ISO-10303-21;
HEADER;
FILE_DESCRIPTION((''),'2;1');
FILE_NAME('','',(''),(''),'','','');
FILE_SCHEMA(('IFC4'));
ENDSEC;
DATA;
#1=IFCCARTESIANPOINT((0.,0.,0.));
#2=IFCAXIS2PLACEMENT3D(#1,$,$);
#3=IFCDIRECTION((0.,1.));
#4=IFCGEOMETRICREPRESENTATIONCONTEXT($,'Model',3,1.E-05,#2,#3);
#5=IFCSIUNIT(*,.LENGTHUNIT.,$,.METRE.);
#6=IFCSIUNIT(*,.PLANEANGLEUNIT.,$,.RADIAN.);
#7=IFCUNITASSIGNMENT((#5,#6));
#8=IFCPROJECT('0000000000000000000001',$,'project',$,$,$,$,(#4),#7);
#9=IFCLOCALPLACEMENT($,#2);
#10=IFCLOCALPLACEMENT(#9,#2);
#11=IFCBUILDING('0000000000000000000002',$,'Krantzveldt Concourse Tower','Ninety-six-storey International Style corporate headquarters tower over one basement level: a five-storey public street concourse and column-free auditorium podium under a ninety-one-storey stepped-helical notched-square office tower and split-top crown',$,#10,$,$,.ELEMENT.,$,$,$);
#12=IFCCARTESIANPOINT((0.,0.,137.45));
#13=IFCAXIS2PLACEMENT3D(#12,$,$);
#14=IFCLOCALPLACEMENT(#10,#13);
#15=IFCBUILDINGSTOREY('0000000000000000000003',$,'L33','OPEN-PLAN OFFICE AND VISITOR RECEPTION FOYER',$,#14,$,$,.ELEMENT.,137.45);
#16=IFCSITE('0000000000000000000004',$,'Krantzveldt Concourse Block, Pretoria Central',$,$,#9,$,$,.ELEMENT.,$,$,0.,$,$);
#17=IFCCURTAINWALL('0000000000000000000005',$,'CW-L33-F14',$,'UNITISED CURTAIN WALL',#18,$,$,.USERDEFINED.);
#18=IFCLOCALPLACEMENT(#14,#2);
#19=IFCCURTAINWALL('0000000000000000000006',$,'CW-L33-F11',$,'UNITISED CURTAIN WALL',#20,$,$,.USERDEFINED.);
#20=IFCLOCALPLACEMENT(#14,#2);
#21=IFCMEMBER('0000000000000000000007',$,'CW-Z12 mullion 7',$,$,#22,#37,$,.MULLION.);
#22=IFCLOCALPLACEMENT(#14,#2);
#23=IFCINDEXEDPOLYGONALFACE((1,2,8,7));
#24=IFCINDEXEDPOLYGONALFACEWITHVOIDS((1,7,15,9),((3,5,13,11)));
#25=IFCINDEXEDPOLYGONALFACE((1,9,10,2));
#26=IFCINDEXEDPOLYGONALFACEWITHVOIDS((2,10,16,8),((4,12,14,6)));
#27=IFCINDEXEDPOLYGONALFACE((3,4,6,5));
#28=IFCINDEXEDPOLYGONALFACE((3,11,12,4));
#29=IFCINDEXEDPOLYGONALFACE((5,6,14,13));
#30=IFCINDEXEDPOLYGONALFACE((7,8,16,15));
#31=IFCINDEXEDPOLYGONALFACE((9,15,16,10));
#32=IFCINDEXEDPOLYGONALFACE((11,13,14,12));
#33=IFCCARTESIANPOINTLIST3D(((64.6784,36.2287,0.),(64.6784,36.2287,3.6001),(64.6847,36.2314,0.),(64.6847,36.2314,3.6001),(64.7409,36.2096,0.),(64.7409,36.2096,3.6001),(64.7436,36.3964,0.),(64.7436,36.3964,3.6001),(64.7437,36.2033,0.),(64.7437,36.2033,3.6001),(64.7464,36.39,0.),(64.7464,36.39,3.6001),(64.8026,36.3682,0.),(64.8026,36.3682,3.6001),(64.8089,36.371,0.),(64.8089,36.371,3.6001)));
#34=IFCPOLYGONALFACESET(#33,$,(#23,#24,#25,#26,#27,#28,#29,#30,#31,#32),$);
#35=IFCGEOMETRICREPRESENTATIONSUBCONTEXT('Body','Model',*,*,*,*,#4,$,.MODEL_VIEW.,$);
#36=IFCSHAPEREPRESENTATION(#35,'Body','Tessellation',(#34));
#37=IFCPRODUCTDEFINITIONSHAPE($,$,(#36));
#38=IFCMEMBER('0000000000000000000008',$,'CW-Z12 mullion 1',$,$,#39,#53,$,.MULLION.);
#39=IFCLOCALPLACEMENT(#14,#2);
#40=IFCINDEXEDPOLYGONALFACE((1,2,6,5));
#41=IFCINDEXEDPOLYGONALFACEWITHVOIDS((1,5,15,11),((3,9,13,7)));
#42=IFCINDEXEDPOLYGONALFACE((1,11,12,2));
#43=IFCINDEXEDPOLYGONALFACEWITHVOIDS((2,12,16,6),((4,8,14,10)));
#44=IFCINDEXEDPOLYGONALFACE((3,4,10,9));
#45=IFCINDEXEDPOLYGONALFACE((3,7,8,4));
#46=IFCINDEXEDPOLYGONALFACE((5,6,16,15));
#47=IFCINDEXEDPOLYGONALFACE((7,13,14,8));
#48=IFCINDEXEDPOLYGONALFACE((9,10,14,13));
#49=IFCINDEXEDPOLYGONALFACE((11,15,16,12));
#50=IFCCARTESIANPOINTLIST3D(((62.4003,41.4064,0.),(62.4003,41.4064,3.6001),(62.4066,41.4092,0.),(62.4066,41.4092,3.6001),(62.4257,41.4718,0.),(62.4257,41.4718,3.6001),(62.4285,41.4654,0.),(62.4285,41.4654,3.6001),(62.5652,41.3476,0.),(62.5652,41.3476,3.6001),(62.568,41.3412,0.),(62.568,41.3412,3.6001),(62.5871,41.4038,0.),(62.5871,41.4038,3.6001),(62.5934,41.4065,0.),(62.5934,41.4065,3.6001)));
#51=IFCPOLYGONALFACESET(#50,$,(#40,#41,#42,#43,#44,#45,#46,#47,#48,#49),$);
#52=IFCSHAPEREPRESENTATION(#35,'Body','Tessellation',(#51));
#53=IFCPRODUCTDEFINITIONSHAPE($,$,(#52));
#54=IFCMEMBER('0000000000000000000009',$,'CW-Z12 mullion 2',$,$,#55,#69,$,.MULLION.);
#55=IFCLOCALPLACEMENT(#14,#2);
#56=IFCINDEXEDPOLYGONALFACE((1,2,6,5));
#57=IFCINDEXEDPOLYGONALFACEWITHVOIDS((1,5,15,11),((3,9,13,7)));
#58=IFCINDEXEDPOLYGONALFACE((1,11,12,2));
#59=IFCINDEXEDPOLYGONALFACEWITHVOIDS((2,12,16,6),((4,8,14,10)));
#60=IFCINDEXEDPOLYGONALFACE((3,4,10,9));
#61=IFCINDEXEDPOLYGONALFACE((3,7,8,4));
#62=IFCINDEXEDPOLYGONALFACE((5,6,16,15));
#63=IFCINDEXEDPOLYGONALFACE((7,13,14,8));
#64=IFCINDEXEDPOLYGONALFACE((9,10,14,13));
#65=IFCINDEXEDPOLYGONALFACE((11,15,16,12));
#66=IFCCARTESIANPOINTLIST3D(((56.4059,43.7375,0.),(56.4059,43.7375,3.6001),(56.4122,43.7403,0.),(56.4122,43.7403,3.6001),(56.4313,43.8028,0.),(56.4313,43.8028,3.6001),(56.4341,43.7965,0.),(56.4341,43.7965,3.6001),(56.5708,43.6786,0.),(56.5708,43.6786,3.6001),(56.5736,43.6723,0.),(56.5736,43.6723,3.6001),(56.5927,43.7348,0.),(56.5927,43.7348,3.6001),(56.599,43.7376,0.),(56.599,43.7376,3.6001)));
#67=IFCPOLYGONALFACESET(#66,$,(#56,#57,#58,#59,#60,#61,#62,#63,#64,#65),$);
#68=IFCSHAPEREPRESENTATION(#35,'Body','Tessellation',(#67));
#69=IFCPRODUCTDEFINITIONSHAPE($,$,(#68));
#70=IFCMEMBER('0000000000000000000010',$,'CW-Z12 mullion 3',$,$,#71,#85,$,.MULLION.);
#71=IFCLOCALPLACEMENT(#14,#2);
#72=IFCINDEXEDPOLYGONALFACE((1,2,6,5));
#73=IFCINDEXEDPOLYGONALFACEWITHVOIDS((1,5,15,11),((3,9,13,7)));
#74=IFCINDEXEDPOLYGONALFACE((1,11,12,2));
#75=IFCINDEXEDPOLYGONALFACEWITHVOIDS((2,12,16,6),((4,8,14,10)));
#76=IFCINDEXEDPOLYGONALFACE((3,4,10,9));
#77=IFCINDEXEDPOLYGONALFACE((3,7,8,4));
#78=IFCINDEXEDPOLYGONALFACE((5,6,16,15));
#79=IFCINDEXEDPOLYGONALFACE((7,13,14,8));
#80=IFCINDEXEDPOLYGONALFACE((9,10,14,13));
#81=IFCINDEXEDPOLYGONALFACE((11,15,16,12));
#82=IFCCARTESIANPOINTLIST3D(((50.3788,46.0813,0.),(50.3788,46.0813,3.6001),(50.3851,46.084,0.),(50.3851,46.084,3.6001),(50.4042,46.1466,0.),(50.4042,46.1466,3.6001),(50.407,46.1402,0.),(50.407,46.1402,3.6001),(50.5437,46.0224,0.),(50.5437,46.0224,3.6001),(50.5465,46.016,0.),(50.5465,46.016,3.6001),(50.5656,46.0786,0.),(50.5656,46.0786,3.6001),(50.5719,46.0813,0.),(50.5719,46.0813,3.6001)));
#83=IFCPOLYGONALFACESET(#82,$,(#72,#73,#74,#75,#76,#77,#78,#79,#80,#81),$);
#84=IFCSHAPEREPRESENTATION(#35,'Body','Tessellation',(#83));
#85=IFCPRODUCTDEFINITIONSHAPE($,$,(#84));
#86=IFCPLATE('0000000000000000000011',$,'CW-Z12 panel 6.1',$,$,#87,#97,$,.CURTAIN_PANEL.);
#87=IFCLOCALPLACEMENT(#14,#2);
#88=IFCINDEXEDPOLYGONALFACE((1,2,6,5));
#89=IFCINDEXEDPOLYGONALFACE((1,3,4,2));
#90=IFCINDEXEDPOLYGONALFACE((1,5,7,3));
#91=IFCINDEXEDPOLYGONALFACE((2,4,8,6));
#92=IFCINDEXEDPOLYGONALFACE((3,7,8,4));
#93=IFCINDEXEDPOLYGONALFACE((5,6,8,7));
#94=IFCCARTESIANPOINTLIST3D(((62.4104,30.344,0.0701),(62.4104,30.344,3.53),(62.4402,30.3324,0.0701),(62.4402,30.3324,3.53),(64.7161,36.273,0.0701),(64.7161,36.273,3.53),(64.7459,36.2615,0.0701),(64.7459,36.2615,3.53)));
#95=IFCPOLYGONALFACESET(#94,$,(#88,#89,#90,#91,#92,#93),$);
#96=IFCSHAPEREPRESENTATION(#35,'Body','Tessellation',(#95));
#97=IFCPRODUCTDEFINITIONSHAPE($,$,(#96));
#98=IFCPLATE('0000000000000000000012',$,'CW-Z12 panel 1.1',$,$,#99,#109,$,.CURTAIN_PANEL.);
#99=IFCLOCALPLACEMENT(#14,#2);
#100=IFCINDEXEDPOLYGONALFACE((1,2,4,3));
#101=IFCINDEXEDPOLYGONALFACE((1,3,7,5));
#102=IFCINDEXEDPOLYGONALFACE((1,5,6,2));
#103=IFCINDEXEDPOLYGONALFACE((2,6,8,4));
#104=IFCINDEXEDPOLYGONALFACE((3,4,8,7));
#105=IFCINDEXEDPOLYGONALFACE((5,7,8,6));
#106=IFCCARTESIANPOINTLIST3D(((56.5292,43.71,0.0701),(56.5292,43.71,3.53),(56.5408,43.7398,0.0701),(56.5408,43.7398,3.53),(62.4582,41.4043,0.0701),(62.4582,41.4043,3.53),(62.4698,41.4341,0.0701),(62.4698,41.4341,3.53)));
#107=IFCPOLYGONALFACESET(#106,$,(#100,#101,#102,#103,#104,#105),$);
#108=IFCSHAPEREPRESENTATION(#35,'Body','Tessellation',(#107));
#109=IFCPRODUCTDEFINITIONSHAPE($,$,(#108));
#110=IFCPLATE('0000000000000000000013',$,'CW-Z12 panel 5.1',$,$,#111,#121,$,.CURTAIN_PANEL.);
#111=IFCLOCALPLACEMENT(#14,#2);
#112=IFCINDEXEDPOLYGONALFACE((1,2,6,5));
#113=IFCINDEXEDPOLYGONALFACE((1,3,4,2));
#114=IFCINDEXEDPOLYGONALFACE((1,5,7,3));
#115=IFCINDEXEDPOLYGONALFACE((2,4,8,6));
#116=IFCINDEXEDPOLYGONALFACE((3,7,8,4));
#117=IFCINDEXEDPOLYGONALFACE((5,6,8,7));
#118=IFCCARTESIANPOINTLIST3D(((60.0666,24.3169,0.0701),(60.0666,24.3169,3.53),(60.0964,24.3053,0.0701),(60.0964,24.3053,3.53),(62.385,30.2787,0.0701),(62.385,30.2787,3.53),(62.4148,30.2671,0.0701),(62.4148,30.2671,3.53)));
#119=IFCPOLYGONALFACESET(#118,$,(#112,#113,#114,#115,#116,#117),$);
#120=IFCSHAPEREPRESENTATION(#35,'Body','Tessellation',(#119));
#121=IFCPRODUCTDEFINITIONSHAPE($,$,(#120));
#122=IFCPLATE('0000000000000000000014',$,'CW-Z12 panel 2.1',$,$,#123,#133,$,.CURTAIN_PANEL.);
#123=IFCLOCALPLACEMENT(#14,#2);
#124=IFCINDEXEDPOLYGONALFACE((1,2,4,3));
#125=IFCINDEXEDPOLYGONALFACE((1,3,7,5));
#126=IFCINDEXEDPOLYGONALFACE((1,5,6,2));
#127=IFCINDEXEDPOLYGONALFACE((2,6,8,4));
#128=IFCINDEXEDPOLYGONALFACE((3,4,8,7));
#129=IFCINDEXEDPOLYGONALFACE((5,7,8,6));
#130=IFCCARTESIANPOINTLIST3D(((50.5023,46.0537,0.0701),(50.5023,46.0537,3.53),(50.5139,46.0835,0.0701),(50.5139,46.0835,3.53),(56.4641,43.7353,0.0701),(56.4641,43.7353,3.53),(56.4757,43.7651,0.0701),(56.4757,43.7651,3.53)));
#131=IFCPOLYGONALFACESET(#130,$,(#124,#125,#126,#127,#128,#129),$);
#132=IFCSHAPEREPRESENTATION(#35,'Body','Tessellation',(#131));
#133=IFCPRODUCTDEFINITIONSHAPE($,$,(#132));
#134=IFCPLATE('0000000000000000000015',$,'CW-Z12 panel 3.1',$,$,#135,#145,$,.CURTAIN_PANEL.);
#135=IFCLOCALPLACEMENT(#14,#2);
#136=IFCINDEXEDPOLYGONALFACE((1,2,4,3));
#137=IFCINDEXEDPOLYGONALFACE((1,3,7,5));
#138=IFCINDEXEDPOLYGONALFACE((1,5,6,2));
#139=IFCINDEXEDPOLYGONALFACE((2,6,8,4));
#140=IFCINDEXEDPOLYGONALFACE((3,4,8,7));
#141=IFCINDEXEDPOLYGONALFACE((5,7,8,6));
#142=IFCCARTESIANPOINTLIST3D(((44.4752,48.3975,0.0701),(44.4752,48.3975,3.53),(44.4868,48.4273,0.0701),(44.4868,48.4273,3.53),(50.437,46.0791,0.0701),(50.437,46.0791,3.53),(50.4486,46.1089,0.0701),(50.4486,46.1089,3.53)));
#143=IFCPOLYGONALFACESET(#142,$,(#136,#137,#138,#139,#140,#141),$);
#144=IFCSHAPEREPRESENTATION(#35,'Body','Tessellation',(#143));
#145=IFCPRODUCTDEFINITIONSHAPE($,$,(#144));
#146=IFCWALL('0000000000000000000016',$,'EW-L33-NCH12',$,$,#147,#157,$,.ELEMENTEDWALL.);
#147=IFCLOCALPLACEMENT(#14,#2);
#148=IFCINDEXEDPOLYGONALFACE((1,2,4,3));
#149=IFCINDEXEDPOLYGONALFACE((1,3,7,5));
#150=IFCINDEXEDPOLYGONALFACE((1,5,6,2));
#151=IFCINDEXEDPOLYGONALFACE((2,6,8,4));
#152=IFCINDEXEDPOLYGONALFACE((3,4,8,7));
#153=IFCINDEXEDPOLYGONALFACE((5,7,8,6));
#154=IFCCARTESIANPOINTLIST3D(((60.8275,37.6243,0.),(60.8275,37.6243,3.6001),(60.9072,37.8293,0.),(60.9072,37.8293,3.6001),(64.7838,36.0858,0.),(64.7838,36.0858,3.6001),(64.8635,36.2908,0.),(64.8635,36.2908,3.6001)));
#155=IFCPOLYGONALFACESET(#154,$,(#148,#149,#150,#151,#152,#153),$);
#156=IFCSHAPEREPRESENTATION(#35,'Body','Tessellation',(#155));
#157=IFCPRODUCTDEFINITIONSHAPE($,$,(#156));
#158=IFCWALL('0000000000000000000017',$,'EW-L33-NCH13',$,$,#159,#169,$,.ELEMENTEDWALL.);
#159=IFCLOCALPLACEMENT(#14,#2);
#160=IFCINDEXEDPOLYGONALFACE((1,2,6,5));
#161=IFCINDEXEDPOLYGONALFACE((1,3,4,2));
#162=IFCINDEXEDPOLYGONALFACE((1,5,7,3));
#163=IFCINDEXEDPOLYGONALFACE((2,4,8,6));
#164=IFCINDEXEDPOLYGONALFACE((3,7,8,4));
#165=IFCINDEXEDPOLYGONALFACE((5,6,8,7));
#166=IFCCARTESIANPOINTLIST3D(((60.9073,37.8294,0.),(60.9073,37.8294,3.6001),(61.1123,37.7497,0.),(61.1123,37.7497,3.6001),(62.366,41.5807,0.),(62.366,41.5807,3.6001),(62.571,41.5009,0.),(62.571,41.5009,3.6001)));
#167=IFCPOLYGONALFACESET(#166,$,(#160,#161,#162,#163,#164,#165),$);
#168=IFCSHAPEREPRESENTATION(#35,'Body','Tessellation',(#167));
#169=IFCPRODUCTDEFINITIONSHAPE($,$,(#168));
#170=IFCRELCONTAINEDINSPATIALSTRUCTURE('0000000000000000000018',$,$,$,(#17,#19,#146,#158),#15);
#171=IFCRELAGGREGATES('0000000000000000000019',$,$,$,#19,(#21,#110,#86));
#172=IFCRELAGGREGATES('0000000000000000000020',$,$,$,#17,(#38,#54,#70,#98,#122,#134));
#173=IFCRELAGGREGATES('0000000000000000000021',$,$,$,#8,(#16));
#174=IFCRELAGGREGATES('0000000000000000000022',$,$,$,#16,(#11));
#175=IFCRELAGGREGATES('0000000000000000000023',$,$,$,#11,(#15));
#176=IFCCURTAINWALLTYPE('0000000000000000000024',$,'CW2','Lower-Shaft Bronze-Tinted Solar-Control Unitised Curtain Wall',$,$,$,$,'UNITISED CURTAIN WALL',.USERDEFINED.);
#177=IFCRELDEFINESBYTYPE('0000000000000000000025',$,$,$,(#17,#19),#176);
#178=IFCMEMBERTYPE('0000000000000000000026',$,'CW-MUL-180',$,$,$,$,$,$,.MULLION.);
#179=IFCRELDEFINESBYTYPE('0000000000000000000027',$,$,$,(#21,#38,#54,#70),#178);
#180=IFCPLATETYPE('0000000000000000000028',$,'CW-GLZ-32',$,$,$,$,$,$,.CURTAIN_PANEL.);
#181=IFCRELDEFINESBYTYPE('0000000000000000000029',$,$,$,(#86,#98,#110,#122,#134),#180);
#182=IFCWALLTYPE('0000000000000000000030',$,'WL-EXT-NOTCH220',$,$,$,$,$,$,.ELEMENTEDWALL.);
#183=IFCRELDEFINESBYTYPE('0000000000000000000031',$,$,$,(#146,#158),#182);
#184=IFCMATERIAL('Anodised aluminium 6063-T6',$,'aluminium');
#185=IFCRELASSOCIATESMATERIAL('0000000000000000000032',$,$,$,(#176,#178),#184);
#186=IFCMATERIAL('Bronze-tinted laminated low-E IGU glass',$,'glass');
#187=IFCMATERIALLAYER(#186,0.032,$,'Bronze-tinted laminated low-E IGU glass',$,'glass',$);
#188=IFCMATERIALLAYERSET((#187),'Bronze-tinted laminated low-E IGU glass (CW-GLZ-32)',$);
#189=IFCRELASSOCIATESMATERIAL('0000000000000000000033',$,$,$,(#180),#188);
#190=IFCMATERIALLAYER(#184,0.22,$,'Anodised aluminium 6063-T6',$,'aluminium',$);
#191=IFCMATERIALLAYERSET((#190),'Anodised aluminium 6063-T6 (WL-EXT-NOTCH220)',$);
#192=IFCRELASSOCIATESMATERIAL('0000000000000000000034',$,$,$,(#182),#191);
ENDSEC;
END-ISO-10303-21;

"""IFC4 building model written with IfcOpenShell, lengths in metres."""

from ifc_helpers import new_model, si_unit, direction, frame, frame_2d, origin, origin_2d, place, context, subcontext, project, spatial, rectangle, hollow_rectangle, extrude, source, transform, mapped, material, layer, layer_set, material_profile, profile_set, type_object, type_shapes, element, aggregate, save


model = new_model("IFC4")

# Units and contexts
model_context = context("Model", 3, precision=1e-05, world=origin(), true_north=direction((0.0, 1.0)))
body_context = subcontext(model_context, "Body", "Model", "MODEL_VIEW")
ifc_project = project(units=[si_unit("LENGTHUNIT", "METRE"), si_unit("PLANEANGLEUNIT", "RADIAN")], contexts=[model_context])

# Site, building, storey
site_placement = place(None, origin())
site = spatial("IfcSite", under=ifc_project, at=site_placement, Name="Krantzveldt Concourse Block, Pretoria Central", CompositionType="ELEMENT", RefElevation=0.0)
building_placement = place(site_placement, origin())
building = spatial("IfcBuilding", under=site, at=building_placement, Name="Krantzveldt Concourse Tower", Description="Ninety-six-storey International Style corporate headquarters tower over one basement level: a five-storey public street concourse and column-free auditorium podium under a ninety-one-storey stepped-helical notched-square office tower and split-top crown", CompositionType="ELEMENT")
storey_placement = place(building_placement, frame((0.0, 0.0, 137.45)))
storey = spatial("IfcBuildingStorey", under=building, at=storey_placement, Name="L33", Description="OPEN-PLAN OFFICE AND VISITOR RECEPTION FOYER", CompositionType="ELEMENT", Elevation=137.45)

# Curtain walls
ifc_material_1 = material(Name="Anodised aluminium 6063-T6", Category="aluminium")
curtain_wall_type = type_object("IfcCurtainWallType", Name="CW2", Description="Lower-Shaft Bronze-Tinted Solar-Control Unitised Curtain Wall", ElementType="UNITISED CURTAIN WALL", PredefinedType="USERDEFINED", material=ifc_material_1)
curtain_wall_1_placement = place(storey_placement, origin())
curtain_wall_1 = element("IfcCurtainWall", 1, at=curtain_wall_1_placement, inside=storey, type_object=curtain_wall_type, Name="CW-L33-F14", ObjectType="UNITISED CURTAIN WALL", PredefinedType="USERDEFINED")
curtain_wall_2_placement = place(storey_placement, origin())
curtain_wall_2 = element("IfcCurtainWall", 2, at=curtain_wall_2_placement, inside=storey, type_object=curtain_wall_type, Name="CW-L33-F11", ObjectType="UNITISED CURTAIN WALL", PredefinedType="USERDEFINED")

# Members
ifc_material_profile_1 = material_profile(ifc_material_1, hollow_rectangle(XDim=0.0701, YDim=0.1799, WallThickness=0.0049, at=origin_2d()), Name="Anodised aluminium 6063-T6", Category="aluminium")
ifc_profile_set_1 = profile_set([ifc_material_profile_1], Name="Anodised aluminium 6063-T6 - ALU-MULL 180x70x5")
member_type_1 = type_object("IfcMemberType", Name="CW-MUL-180", PredefinedType="MULLION", material=ifc_profile_set_1)
shared_shape_1 = source(origin(), body_context, "Body", "SweptSolid", [
    extrude(hollow_rectangle(XDim=0.0701, YDim=0.1799, WallThickness=0.0049, at=origin_2d()), origin(), (0.0, 0.0, 1.0), 3.6001),
])
type_shapes(member_type_1, [shared_shape_1])
member_1_placement = place(storey_placement, frame((64.7437, 36.2998, 0.0), z_axis=(0.0, 0.0, 1.0), x_axis=(-0.932008, 0.362438, 0.0)))
member_1 = element("IfcMember", 3, at=member_1_placement, type_object=member_type_1, Name="CW-Z12 mullion 7", PredefinedType="MULLION", context=body_context, shape_type="MappedRepresentation", body=[
    mapped(shared_shape_1, transform((0.0, 0.0, 0.0), x_axis=(1.0, 0.0, 0.0), y_axis=(0.0, 1.0, 0.0), z_axis=(0.0, 0.0, 1.0), scale=1.0)),
])
member_2_placement = place(storey_placement, frame((62.4968, 41.4065, 0.0), z_axis=(0.0, 0.0, 1.0), x_axis=(-0.362438, -0.932008, 0.0)))
member_2 = element("IfcMember", 4, at=member_2_placement, type_object=member_type_1, Name="CW-Z12 mullion 1", PredefinedType="MULLION", context=body_context, shape_type="MappedRepresentation", body=[
    mapped(shared_shape_1, transform((0.0, 0.0, 0.0), x_axis=(1.0, 0.0, 0.0), y_axis=(0.0, 1.0, 0.0), z_axis=(0.0, 0.0, 1.0), scale=1.0)),
])
member_3_placement = place(storey_placement, frame((56.5024, 43.7375, 0.0), z_axis=(0.0, 0.0, 1.0), x_axis=(-0.362438, -0.932008, 0.0)))
member_3 = element("IfcMember", 5, at=member_3_placement, type_object=member_type_1, Name="CW-Z12 mullion 2", PredefinedType="MULLION", context=body_context, shape_type="MappedRepresentation", body=[
    mapped(shared_shape_1, transform((0.0, 0.0, 0.0), x_axis=(1.0, 0.0, 0.0), y_axis=(0.0, 1.0, 0.0), z_axis=(0.0, 0.0, 1.0), scale=1.0)),
])
member_4_placement = place(storey_placement, frame((50.4753, 46.0813, 0.0), z_axis=(0.0, 0.0, 1.0), x_axis=(-0.362438, -0.932008, 0.0)))
member_4 = element("IfcMember", 6, at=member_4_placement, type_object=member_type_1, Name="CW-Z12 mullion 3", PredefinedType="MULLION", context=body_context, shape_type="MappedRepresentation", body=[
    mapped(shared_shape_1, transform((0.0, 0.0, 0.0), x_axis=(1.0, 0.0, 0.0), y_axis=(0.0, 1.0, 0.0), z_axis=(0.0, 0.0, 1.0), scale=1.0)),
])

# Plates
ifc_material_2 = material(Name="Bronze-tinted laminated low-E IGU glass", Category="glass")
ifc_layer_1 = layer(ifc_material_2, 0.032, Name="Bronze-tinted laminated low-E IGU glass", Category="glass")
ifc_layer_set_1 = layer_set([ifc_layer_1], Name="Bronze-tinted laminated low-E IGU glass (CW-GLZ-32)")
plate_type = type_object("IfcPlateType", Name="CW-GLZ-32", PredefinedType="CURTAIN_PANEL", material=ifc_layer_set_1)
shared_shape_2 = source(origin(), body_context, "Body", "SweptSolid", [
    extrude(rectangle(XDim=6.3616, YDim=0.032, at=origin_2d()), origin(), (0.0, 0.0, 1.0), 3.46),
])
plate_1_placement = place(storey_placement, frame((63.5781, 33.3027, 0.0701), z_axis=(0.0, 0.0, 1.0), x_axis=(0.362438, 0.932008, 0.0)))
plate_1 = element("IfcPlate", 7, at=plate_1_placement, type_object=plate_type, Name="CW-Z12 panel 6.1", PredefinedType="CURTAIN_PANEL", context=body_context, shape_type="MappedRepresentation", body=[
    mapped(shared_shape_2, transform((0.0, 0.0, 0.0), x_axis=(1.0, 0.0, 0.0), y_axis=(0.0, 1.0, 0.0), z_axis=(0.0, 0.0, 1.0), scale=1.0)),
])
plate_2_placement = place(storey_placement, frame((59.4995, 42.572, 0.0701), z_axis=(0.0, 0.0, 1.0), x_axis=(-0.932008, 0.362438, 0.0)))
plate_2 = element("IfcPlate", 8, at=plate_2_placement, type_object=plate_type, Name="CW-Z12 panel 1.1", PredefinedType="CURTAIN_PANEL", context=body_context, shape_type="MappedRepresentation", body=[
    mapped(shared_shape_2, transform((0.0, 0.0, 0.0), x_axis=(1.0, 0.0, 0.0), y_axis=(0.0, 1.0, 0.0), z_axis=(0.0, 0.0, 1.0), scale=1.0)),
])
shared_shape_3 = source(origin(), body_context, "Body", "SweptSolid", [
    extrude(rectangle(XDim=6.3967, YDim=0.032, at=origin_2d()), origin(), (0.0, 0.0, 1.0), 3.46),
])
type_shapes(plate_type, [shared_shape_2, shared_shape_3])
plate_3_placement = place(storey_placement, frame((61.2407, 27.292, 0.0701), z_axis=(0.0, 0.0, 1.0), x_axis=(0.362438, 0.932008, 0.0)))
plate_3 = element("IfcPlate", 9, at=plate_3_placement, type_object=plate_type, Name="CW-Z12 panel 5.1", PredefinedType="CURTAIN_PANEL", context=body_context, shape_type="MappedRepresentation", body=[
    mapped(shared_shape_3, transform((0.0, 0.0, 0.0), x_axis=(1.0, 0.0, 0.0), y_axis=(0.0, 1.0, 0.0), z_axis=(0.0, 0.0, 1.0), scale=1.0)),
])
aggregate(curtain_wall_2, [member_1, plate_3, plate_1])
plate_4_placement = place(storey_placement, frame((53.489, 44.9094, 0.0701), z_axis=(0.0, 0.0, 1.0), x_axis=(-0.932008, 0.362438, 0.0)))
plate_4 = element("IfcPlate", 10, at=plate_4_placement, type_object=plate_type, Name="CW-Z12 panel 2.1", PredefinedType="CURTAIN_PANEL", context=body_context, shape_type="MappedRepresentation", body=[
    mapped(shared_shape_3, transform((0.0, 0.0, 0.0), x_axis=(1.0, 0.0, 0.0), y_axis=(0.0, 1.0, 0.0), z_axis=(0.0, 0.0, 1.0), scale=1.0)),
])
plate_5_placement = place(storey_placement, frame((47.4619, 47.2532, 0.0701), z_axis=(0.0, 0.0, 1.0), x_axis=(-0.932008, 0.362438, 0.0)))
plate_5 = element("IfcPlate", 11, at=plate_5_placement, type_object=plate_type, Name="CW-Z12 panel 3.1", PredefinedType="CURTAIN_PANEL", context=body_context, shape_type="MappedRepresentation", body=[
    mapped(shared_shape_3, transform((0.0, 0.0, 0.0), x_axis=(1.0, 0.0, 0.0), y_axis=(0.0, 1.0, 0.0), z_axis=(0.0, 0.0, 1.0), scale=1.0)),
])
aggregate(curtain_wall_1, [member_2, member_3, member_4, plate_2, plate_4, plate_5])

# Walls
ifc_layer_2 = layer(ifc_material_1, 0.22, Name="Anodised aluminium 6063-T6", Category="aluminium")
ifc_layer_set_2 = layer_set([ifc_layer_2], Name="Anodised aluminium 6063-T6 (WL-EXT-NOTCH220)")
wall_type = type_object("IfcWallType", Name="WL-EXT-NOTCH220", PredefinedType="ELEMENTEDWALL", material=ifc_layer_set_2)
wall_1_placement = place(storey_placement, frame((64.8237, 36.1882, 0.0), z_axis=(0.0, 0.0, 1.0), x_axis=(-0.932004, 0.362449, 0.0)))
element("IfcWall", 12, at=wall_1_placement, inside=storey, type_object=wall_type, Name="EW-L33-NCH12", PredefinedType="ELEMENTEDWALL", context=body_context, shape_type="SweptSolid", body=[
    extrude(rectangle(XDim=4.2449, YDim=0.22, at=frame_2d((2.1226, 0.0))), origin(), (0.0, 0.0, 1.0), 3.6001),
])
wall_2_placement = place(storey_placement, frame((61.0098, 37.7896, 0.0), z_axis=(0.0, 0.0, 1.0), x_axis=(0.362432, 0.93201, 0.0)))
element("IfcWall", 13, at=wall_2_placement, inside=storey, type_object=wall_type, Name="EW-L33-NCH13", PredefinedType="ELEMENTEDWALL", context=body_context, shape_type="SweptSolid", body=[
    extrude(rectangle(XDim=4.0249, YDim=0.22, at=frame_2d((2.0125, 0.0))), origin(), (0.0, 0.0, 1.0), 3.6001),
])

save(model, "model.ifc")
